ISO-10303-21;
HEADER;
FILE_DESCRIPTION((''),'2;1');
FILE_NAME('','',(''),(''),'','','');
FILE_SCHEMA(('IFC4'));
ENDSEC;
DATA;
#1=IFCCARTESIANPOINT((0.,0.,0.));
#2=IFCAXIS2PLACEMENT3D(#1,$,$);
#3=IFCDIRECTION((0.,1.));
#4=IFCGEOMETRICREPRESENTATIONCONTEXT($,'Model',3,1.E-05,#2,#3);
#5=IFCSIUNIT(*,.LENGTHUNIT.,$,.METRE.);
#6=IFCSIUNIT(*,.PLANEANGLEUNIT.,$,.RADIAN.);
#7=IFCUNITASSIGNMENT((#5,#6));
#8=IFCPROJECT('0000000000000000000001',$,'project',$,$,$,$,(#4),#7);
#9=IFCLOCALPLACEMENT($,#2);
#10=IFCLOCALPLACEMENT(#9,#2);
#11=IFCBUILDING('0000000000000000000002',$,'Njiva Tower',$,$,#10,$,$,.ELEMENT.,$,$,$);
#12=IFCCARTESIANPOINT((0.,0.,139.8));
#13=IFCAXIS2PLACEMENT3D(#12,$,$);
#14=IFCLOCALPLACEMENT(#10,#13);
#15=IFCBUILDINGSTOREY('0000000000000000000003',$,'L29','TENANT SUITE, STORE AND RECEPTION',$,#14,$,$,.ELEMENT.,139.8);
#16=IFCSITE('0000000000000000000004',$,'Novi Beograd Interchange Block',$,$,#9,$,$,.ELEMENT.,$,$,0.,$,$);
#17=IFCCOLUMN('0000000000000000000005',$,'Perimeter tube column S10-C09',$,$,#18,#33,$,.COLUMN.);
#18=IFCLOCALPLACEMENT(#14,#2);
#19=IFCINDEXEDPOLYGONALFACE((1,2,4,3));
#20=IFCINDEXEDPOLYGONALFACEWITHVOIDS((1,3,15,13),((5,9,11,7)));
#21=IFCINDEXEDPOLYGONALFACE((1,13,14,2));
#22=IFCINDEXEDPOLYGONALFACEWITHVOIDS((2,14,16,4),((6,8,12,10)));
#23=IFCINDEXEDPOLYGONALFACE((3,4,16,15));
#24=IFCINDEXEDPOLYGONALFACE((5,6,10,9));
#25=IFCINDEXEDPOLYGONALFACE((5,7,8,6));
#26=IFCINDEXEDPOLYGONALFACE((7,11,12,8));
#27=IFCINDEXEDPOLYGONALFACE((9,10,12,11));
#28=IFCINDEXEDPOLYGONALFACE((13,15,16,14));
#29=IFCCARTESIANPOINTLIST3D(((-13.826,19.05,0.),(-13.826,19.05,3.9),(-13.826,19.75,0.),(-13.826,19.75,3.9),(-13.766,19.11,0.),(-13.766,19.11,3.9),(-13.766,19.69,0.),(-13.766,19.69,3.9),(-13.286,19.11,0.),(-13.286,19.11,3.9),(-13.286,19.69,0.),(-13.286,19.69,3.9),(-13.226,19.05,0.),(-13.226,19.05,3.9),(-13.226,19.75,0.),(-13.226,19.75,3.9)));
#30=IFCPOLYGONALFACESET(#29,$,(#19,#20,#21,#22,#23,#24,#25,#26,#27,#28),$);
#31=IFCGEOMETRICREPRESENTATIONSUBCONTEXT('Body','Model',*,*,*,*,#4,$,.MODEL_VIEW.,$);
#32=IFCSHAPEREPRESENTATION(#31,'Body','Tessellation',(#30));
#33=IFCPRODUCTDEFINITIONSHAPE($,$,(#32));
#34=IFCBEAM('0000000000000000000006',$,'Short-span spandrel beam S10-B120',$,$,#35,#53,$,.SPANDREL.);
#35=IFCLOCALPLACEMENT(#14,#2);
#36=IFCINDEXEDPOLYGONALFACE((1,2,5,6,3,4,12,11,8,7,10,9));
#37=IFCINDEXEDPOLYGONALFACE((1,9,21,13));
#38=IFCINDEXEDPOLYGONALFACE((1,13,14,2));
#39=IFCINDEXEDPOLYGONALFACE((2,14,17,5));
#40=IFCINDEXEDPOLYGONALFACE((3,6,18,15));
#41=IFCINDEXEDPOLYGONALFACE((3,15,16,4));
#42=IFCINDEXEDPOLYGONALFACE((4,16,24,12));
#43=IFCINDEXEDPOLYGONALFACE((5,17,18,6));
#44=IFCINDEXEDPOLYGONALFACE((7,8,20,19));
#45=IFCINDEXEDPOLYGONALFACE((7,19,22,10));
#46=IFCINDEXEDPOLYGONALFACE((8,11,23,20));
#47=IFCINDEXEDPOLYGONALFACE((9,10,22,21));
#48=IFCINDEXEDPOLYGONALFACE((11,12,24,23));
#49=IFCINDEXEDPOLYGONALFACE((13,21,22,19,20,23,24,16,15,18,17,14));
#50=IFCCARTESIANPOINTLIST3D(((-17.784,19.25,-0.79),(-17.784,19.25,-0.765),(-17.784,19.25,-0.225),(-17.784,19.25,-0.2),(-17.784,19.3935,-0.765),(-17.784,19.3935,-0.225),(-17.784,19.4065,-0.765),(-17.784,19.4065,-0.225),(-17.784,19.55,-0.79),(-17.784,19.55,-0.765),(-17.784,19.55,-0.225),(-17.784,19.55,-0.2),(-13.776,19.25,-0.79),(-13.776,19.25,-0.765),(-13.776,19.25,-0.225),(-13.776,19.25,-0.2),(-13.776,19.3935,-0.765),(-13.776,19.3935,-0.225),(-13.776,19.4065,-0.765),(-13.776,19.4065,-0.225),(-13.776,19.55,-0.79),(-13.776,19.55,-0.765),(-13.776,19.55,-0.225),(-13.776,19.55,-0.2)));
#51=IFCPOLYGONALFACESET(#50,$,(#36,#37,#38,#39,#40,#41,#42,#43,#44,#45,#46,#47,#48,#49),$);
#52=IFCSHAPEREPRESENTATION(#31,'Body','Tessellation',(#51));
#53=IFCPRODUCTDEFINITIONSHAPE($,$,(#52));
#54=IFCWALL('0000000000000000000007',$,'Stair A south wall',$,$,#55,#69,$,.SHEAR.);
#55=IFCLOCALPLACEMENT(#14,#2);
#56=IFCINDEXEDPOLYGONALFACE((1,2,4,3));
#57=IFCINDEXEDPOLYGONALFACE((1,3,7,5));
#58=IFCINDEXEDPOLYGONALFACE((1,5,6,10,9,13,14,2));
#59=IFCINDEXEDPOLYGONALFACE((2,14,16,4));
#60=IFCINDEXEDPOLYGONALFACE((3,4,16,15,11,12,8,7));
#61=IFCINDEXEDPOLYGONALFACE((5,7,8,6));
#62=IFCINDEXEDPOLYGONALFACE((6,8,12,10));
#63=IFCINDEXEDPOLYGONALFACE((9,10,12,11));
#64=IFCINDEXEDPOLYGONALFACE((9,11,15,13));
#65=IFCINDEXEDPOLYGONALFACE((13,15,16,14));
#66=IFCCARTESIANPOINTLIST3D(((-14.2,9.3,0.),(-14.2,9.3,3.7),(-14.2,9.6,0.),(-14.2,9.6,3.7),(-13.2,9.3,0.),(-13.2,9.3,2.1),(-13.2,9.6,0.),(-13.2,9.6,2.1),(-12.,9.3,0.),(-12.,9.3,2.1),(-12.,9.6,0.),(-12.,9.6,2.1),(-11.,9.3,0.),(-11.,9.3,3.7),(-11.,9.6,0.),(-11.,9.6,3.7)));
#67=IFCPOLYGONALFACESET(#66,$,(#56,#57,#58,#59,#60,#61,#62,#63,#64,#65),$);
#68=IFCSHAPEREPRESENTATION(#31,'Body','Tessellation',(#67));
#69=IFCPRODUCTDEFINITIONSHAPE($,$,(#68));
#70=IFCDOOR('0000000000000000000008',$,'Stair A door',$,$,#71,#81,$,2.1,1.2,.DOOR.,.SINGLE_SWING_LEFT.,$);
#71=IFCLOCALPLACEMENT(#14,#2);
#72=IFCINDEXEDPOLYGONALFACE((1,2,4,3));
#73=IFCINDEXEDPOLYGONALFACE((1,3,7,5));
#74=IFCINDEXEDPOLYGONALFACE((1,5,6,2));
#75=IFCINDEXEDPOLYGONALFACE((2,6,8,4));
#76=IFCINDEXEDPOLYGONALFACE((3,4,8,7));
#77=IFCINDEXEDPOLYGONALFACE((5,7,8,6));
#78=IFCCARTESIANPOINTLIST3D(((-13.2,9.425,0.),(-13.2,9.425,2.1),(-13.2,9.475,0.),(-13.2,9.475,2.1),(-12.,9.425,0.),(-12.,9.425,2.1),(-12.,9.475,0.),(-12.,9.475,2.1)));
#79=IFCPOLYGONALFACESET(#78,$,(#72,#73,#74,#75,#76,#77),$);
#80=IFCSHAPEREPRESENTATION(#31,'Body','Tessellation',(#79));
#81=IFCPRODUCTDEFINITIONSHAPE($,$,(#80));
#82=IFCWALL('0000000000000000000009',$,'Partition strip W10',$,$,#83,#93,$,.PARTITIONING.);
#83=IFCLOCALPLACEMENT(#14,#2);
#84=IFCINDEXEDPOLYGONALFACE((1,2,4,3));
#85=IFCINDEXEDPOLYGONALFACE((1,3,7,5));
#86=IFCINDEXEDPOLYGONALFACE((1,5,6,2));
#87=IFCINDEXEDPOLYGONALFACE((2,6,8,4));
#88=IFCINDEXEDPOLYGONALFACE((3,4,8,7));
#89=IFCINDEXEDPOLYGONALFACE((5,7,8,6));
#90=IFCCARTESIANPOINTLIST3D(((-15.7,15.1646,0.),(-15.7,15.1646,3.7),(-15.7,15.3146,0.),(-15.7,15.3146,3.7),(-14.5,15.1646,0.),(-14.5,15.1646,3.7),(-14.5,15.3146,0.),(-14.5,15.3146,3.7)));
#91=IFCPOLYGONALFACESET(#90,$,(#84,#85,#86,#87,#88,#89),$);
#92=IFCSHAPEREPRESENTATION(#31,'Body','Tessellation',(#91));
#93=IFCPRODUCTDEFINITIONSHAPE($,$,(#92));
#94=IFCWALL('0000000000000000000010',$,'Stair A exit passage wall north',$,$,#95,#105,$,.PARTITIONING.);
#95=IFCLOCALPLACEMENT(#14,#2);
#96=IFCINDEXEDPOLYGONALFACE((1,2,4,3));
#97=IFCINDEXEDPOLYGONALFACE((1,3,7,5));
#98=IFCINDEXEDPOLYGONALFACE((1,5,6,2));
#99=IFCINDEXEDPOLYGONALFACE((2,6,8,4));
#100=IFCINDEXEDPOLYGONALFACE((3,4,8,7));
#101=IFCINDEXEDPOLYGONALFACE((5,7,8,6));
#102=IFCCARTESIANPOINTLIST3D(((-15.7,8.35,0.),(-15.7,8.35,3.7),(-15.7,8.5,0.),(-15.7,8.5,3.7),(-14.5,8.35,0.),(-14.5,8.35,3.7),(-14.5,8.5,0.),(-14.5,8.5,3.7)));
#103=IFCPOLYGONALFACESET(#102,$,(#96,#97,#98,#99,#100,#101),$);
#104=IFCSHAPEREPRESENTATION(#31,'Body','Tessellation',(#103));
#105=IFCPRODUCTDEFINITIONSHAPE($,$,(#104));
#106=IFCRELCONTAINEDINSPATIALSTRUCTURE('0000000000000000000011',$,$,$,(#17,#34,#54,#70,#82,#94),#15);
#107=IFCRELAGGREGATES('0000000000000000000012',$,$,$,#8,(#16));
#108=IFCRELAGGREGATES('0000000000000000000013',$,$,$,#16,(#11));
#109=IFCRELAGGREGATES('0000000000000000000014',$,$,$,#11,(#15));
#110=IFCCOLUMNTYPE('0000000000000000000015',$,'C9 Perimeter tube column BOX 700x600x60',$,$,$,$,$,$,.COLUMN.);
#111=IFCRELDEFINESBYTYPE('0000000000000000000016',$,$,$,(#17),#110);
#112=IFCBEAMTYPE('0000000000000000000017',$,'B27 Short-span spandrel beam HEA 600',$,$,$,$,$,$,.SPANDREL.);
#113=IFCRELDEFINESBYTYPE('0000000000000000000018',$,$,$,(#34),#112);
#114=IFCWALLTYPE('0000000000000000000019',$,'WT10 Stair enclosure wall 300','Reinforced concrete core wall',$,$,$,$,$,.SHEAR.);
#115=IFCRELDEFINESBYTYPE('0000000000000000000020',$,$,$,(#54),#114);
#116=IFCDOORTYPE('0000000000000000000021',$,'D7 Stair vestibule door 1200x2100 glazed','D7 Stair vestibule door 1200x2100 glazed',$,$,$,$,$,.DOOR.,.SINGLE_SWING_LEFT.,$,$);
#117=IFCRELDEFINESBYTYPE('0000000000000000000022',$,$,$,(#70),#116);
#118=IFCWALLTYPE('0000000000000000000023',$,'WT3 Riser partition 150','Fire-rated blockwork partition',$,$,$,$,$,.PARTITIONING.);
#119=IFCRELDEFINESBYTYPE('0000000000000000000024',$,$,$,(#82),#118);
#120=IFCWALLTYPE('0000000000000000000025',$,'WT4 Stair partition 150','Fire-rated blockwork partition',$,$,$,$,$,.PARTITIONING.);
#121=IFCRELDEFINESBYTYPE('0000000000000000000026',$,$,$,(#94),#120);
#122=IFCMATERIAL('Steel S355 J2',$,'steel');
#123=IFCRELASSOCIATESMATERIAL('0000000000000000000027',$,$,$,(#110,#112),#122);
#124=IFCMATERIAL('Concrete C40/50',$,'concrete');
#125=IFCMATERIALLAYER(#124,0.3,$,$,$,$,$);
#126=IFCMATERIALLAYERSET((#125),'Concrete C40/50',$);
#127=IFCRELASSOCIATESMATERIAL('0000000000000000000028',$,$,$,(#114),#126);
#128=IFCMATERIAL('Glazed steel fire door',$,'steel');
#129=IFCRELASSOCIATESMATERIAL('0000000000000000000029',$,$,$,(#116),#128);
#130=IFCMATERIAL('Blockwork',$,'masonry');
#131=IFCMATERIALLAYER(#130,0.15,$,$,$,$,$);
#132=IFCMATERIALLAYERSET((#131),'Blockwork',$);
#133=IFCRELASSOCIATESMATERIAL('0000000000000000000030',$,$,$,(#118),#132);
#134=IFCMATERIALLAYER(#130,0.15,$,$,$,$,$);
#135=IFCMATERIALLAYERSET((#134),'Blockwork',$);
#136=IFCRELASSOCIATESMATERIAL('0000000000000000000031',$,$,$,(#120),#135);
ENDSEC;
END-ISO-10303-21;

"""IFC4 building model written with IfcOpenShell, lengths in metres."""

from ifc_helpers import new_model, si_unit, direction, frame, frame_2d, origin, origin_2d, place, context, subcontext, project, spatial, rectangle, hollow_rectangle, i_section, extrude, material, layer, layer_set, material_profile, profile_set, type_object, element, fill, save


model = new_model("IFC4")

# Units and contexts
model_context = context("Model", 3, precision=1e-05, world=origin(), true_north=direction((0.0, 1.0)))
body_context = subcontext(model_context, "Body", "Model", "MODEL_VIEW")
ifc_project = project(units=[si_unit("LENGTHUNIT", "METRE"), si_unit("PLANEANGLEUNIT", "RADIAN")], contexts=[model_context])

# Site, building, storey
site_placement = place(None, origin())
site = spatial("IfcSite", under=ifc_project, at=site_placement, Name="Novi Beograd Interchange Block", CompositionType="ELEMENT", RefElevation=0.0)
building_placement = place(site_placement, origin())
building = spatial("IfcBuilding", under=site, at=building_placement, Name="Njiva Tower", CompositionType="ELEMENT")
storey_placement = place(building_placement, frame((0.0, 0.0, 139.8)))
storey = spatial("IfcBuildingStorey", under=building, at=storey_placement, Name="L29", Description="TENANT SUITE, STORE AND RECEPTION", CompositionType="ELEMENT", Elevation=139.8)

# Column
ifc_material_1 = material(Name="Steel S355 J2", Category="steel")
ifc_material_profile_1 = material_profile(ifc_material_1, hollow_rectangle(XDim=0.6, YDim=0.7, WallThickness=0.06, at=origin_2d()), Name="BOX 700x600x60")
ifc_profile_set_1 = profile_set([ifc_material_profile_1], Name="Steel S355 J2")
column_type = type_object("IfcColumnType", Name="C9 Perimeter tube column BOX 700x600x60", PredefinedType="COLUMN", material=ifc_profile_set_1)
column_placement = place(storey_placement, frame((-13.526, 19.4, 0.0), z_axis=(0.0, 0.0, 1.0), x_axis=(-1.0, 0.0, 0.0)))
element("IfcColumn", 1, at=column_placement, inside=storey, type_object=column_type, Name="Perimeter tube column S10-C09", PredefinedType="COLUMN", context=body_context, shape_type="SweptSolid", body=[
    extrude(hollow_rectangle(XDim=0.6, YDim=0.7, WallThickness=0.06, at=origin_2d()), origin(), (0.0, 0.0, 1.0), 3.9),
])

# Beam
ifc_material_profile_2 = material_profile(ifc_material_1, i_section(OverallWidth=0.3, OverallDepth=0.59, WebThickness=0.013, FlangeThickness=0.025, at=origin_2d()), Name="HEA 600")
ifc_profile_set_2 = profile_set([ifc_material_profile_2], Name="Steel S355 J2")
beam_type = type_object("IfcBeamType", Name="B27 Short-span spandrel beam HEA 600", PredefinedType="SPANDREL", material=ifc_profile_set_2)
beam_placement = place(storey_placement, frame((-13.776, 19.4, -0.495), z_axis=(-1.0, 0.0, 0.0), x_axis=(0.0, -1.0, 0.0)))
element("IfcBeam", 2, at=beam_placement, inside=storey, type_object=beam_type, Name="Short-span spandrel beam S10-B120", PredefinedType="SPANDREL", context=body_context, shape_type="SweptSolid", body=[
    extrude(i_section(OverallWidth=0.3, OverallDepth=0.59, WebThickness=0.013, FlangeThickness=0.025, at=origin_2d()), origin(), (0.0, 0.0, 1.0), 4.008),
])

# Wall, opening, door
ifc_material_2 = material(Name="Concrete C40/50", Category="concrete")
ifc_layer_1 = layer(ifc_material_2, 0.3)
ifc_layer_set_1 = layer_set([ifc_layer_1], Name="Concrete C40/50")
wall_type_1 = type_object("IfcWallType", Name="WT10 Stair enclosure wall 300", Description="Reinforced concrete core wall", PredefinedType="SHEAR", material=ifc_layer_set_1)
wall_1_placement = place(storey_placement, frame((-14.2, 9.45, 0.0), z_axis=(0.0, 0.0, 1.0), x_axis=(1.0, 0.0, 0.0)))
wall_1 = element("IfcWall", 3, at=wall_1_placement, inside=storey, type_object=wall_type_1, Name="Stair A south wall", PredefinedType="SHEAR", context=body_context, shape_type="SweptSolid", body=[
    extrude(rectangle(XDim=3.2, YDim=0.3, at=frame_2d((1.6, 0.0))), origin(), (0.0, 0.0, 1.0), 3.7),
])
opening_1_placement = place(wall_1_placement, frame((1.0, 0.0, 0.0)))
opening_1 = element("IfcOpeningElement", 4, at=opening_1_placement, cuts=wall_1, PredefinedType="OPENING", context=body_context, shape_type="SweptSolid", body=[
    extrude(rectangle(XDim=1.2, YDim=2.1, at=frame_2d((0.6, 1.05))), frame((0.0, 0.16, 0.0), z_axis=(0.0, -1.0, 0.0), x_axis=(1.0, 0.0, 0.0)), (0.0, 0.0, 1.0), 0.32),
])
ifc_material_3 = material(Name="Glazed steel fire door", Category="steel")
door_type_1 = type_object("IfcDoorType", Name="D7 Stair vestibule door 1200x2100 glazed", Description="D7 Stair vestibule door 1200x2100 glazed", OperationType="SINGLE_SWING_LEFT", PredefinedType="DOOR", material=ifc_material_3)
door_1_placement = place(opening_1_placement, origin())
door_1 = element("IfcDoor", 5, at=door_1_placement, inside=storey, type_object=door_type_1, Name="Stair A door", OperationType="SINGLE_SWING_LEFT", OverallHeight=2.1, OverallWidth=1.2, PredefinedType="DOOR", context=body_context, shape_type="SweptSolid", body=[
    extrude(rectangle(XDim=1.2, YDim=2.1, at=frame_2d((0.6, 1.05))), frame((0.0, 0.025, 0.0), z_axis=(0.0, -1.0, 0.0), x_axis=(1.0, 0.0, 0.0)), (0.0, 0.0, 1.0), 0.05),
])
fill(opening_1, door_1)

# Walls
ifc_material_4 = material(Name="Blockwork", Category="masonry")
ifc_layer_2 = layer(ifc_material_4, 0.15)
ifc_layer_set_2 = layer_set([ifc_layer_2], Name="Blockwork")
wall_type_2 = type_object("IfcWallType", Name="WT3 Riser partition 150", Description="Fire-rated blockwork partition", PredefinedType="PARTITIONING", material=ifc_layer_set_2)
wall_2_placement = place(storey_placement, frame((-15.7, 15.2396, 0.0), z_axis=(0.0, 0.0, 1.0), x_axis=(1.0, 0.0, 0.0)))
element("IfcWall", 6, at=wall_2_placement, inside=storey, type_object=wall_type_2, Name="Partition strip W10", PredefinedType="PARTITIONING", context=body_context, shape_type="SweptSolid", body=[
    extrude(rectangle(XDim=1.2, YDim=0.15, at=frame_2d((0.6, 0.0))), origin(), (0.0, 0.0, 1.0), 3.7),
])
ifc_layer_3 = layer(ifc_material_4, 0.15)
ifc_layer_set_3 = layer_set([ifc_layer_3], Name="Blockwork")
wall_type_3 = type_object("IfcWallType", Name="WT4 Stair partition 150", Description="Fire-rated blockwork partition", PredefinedType="PARTITIONING", material=ifc_layer_set_3)
wall_3_placement = place(storey_placement, frame((-15.7, 8.425, 0.0), z_axis=(0.0, 0.0, 1.0), x_axis=(1.0, 0.0, 0.0)))
element("IfcWall", 7, at=wall_3_placement, inside=storey, type_object=wall_type_3, Name="Stair A exit passage wall north", PredefinedType="PARTITIONING", context=body_context, shape_type="SweptSolid", body=[
    extrude(rectangle(XDim=1.2, YDim=0.15, at=frame_2d((0.6, 0.0))), origin(), (0.0, 0.0, 1.0), 3.7),
])

save(model, "model.ifc")
